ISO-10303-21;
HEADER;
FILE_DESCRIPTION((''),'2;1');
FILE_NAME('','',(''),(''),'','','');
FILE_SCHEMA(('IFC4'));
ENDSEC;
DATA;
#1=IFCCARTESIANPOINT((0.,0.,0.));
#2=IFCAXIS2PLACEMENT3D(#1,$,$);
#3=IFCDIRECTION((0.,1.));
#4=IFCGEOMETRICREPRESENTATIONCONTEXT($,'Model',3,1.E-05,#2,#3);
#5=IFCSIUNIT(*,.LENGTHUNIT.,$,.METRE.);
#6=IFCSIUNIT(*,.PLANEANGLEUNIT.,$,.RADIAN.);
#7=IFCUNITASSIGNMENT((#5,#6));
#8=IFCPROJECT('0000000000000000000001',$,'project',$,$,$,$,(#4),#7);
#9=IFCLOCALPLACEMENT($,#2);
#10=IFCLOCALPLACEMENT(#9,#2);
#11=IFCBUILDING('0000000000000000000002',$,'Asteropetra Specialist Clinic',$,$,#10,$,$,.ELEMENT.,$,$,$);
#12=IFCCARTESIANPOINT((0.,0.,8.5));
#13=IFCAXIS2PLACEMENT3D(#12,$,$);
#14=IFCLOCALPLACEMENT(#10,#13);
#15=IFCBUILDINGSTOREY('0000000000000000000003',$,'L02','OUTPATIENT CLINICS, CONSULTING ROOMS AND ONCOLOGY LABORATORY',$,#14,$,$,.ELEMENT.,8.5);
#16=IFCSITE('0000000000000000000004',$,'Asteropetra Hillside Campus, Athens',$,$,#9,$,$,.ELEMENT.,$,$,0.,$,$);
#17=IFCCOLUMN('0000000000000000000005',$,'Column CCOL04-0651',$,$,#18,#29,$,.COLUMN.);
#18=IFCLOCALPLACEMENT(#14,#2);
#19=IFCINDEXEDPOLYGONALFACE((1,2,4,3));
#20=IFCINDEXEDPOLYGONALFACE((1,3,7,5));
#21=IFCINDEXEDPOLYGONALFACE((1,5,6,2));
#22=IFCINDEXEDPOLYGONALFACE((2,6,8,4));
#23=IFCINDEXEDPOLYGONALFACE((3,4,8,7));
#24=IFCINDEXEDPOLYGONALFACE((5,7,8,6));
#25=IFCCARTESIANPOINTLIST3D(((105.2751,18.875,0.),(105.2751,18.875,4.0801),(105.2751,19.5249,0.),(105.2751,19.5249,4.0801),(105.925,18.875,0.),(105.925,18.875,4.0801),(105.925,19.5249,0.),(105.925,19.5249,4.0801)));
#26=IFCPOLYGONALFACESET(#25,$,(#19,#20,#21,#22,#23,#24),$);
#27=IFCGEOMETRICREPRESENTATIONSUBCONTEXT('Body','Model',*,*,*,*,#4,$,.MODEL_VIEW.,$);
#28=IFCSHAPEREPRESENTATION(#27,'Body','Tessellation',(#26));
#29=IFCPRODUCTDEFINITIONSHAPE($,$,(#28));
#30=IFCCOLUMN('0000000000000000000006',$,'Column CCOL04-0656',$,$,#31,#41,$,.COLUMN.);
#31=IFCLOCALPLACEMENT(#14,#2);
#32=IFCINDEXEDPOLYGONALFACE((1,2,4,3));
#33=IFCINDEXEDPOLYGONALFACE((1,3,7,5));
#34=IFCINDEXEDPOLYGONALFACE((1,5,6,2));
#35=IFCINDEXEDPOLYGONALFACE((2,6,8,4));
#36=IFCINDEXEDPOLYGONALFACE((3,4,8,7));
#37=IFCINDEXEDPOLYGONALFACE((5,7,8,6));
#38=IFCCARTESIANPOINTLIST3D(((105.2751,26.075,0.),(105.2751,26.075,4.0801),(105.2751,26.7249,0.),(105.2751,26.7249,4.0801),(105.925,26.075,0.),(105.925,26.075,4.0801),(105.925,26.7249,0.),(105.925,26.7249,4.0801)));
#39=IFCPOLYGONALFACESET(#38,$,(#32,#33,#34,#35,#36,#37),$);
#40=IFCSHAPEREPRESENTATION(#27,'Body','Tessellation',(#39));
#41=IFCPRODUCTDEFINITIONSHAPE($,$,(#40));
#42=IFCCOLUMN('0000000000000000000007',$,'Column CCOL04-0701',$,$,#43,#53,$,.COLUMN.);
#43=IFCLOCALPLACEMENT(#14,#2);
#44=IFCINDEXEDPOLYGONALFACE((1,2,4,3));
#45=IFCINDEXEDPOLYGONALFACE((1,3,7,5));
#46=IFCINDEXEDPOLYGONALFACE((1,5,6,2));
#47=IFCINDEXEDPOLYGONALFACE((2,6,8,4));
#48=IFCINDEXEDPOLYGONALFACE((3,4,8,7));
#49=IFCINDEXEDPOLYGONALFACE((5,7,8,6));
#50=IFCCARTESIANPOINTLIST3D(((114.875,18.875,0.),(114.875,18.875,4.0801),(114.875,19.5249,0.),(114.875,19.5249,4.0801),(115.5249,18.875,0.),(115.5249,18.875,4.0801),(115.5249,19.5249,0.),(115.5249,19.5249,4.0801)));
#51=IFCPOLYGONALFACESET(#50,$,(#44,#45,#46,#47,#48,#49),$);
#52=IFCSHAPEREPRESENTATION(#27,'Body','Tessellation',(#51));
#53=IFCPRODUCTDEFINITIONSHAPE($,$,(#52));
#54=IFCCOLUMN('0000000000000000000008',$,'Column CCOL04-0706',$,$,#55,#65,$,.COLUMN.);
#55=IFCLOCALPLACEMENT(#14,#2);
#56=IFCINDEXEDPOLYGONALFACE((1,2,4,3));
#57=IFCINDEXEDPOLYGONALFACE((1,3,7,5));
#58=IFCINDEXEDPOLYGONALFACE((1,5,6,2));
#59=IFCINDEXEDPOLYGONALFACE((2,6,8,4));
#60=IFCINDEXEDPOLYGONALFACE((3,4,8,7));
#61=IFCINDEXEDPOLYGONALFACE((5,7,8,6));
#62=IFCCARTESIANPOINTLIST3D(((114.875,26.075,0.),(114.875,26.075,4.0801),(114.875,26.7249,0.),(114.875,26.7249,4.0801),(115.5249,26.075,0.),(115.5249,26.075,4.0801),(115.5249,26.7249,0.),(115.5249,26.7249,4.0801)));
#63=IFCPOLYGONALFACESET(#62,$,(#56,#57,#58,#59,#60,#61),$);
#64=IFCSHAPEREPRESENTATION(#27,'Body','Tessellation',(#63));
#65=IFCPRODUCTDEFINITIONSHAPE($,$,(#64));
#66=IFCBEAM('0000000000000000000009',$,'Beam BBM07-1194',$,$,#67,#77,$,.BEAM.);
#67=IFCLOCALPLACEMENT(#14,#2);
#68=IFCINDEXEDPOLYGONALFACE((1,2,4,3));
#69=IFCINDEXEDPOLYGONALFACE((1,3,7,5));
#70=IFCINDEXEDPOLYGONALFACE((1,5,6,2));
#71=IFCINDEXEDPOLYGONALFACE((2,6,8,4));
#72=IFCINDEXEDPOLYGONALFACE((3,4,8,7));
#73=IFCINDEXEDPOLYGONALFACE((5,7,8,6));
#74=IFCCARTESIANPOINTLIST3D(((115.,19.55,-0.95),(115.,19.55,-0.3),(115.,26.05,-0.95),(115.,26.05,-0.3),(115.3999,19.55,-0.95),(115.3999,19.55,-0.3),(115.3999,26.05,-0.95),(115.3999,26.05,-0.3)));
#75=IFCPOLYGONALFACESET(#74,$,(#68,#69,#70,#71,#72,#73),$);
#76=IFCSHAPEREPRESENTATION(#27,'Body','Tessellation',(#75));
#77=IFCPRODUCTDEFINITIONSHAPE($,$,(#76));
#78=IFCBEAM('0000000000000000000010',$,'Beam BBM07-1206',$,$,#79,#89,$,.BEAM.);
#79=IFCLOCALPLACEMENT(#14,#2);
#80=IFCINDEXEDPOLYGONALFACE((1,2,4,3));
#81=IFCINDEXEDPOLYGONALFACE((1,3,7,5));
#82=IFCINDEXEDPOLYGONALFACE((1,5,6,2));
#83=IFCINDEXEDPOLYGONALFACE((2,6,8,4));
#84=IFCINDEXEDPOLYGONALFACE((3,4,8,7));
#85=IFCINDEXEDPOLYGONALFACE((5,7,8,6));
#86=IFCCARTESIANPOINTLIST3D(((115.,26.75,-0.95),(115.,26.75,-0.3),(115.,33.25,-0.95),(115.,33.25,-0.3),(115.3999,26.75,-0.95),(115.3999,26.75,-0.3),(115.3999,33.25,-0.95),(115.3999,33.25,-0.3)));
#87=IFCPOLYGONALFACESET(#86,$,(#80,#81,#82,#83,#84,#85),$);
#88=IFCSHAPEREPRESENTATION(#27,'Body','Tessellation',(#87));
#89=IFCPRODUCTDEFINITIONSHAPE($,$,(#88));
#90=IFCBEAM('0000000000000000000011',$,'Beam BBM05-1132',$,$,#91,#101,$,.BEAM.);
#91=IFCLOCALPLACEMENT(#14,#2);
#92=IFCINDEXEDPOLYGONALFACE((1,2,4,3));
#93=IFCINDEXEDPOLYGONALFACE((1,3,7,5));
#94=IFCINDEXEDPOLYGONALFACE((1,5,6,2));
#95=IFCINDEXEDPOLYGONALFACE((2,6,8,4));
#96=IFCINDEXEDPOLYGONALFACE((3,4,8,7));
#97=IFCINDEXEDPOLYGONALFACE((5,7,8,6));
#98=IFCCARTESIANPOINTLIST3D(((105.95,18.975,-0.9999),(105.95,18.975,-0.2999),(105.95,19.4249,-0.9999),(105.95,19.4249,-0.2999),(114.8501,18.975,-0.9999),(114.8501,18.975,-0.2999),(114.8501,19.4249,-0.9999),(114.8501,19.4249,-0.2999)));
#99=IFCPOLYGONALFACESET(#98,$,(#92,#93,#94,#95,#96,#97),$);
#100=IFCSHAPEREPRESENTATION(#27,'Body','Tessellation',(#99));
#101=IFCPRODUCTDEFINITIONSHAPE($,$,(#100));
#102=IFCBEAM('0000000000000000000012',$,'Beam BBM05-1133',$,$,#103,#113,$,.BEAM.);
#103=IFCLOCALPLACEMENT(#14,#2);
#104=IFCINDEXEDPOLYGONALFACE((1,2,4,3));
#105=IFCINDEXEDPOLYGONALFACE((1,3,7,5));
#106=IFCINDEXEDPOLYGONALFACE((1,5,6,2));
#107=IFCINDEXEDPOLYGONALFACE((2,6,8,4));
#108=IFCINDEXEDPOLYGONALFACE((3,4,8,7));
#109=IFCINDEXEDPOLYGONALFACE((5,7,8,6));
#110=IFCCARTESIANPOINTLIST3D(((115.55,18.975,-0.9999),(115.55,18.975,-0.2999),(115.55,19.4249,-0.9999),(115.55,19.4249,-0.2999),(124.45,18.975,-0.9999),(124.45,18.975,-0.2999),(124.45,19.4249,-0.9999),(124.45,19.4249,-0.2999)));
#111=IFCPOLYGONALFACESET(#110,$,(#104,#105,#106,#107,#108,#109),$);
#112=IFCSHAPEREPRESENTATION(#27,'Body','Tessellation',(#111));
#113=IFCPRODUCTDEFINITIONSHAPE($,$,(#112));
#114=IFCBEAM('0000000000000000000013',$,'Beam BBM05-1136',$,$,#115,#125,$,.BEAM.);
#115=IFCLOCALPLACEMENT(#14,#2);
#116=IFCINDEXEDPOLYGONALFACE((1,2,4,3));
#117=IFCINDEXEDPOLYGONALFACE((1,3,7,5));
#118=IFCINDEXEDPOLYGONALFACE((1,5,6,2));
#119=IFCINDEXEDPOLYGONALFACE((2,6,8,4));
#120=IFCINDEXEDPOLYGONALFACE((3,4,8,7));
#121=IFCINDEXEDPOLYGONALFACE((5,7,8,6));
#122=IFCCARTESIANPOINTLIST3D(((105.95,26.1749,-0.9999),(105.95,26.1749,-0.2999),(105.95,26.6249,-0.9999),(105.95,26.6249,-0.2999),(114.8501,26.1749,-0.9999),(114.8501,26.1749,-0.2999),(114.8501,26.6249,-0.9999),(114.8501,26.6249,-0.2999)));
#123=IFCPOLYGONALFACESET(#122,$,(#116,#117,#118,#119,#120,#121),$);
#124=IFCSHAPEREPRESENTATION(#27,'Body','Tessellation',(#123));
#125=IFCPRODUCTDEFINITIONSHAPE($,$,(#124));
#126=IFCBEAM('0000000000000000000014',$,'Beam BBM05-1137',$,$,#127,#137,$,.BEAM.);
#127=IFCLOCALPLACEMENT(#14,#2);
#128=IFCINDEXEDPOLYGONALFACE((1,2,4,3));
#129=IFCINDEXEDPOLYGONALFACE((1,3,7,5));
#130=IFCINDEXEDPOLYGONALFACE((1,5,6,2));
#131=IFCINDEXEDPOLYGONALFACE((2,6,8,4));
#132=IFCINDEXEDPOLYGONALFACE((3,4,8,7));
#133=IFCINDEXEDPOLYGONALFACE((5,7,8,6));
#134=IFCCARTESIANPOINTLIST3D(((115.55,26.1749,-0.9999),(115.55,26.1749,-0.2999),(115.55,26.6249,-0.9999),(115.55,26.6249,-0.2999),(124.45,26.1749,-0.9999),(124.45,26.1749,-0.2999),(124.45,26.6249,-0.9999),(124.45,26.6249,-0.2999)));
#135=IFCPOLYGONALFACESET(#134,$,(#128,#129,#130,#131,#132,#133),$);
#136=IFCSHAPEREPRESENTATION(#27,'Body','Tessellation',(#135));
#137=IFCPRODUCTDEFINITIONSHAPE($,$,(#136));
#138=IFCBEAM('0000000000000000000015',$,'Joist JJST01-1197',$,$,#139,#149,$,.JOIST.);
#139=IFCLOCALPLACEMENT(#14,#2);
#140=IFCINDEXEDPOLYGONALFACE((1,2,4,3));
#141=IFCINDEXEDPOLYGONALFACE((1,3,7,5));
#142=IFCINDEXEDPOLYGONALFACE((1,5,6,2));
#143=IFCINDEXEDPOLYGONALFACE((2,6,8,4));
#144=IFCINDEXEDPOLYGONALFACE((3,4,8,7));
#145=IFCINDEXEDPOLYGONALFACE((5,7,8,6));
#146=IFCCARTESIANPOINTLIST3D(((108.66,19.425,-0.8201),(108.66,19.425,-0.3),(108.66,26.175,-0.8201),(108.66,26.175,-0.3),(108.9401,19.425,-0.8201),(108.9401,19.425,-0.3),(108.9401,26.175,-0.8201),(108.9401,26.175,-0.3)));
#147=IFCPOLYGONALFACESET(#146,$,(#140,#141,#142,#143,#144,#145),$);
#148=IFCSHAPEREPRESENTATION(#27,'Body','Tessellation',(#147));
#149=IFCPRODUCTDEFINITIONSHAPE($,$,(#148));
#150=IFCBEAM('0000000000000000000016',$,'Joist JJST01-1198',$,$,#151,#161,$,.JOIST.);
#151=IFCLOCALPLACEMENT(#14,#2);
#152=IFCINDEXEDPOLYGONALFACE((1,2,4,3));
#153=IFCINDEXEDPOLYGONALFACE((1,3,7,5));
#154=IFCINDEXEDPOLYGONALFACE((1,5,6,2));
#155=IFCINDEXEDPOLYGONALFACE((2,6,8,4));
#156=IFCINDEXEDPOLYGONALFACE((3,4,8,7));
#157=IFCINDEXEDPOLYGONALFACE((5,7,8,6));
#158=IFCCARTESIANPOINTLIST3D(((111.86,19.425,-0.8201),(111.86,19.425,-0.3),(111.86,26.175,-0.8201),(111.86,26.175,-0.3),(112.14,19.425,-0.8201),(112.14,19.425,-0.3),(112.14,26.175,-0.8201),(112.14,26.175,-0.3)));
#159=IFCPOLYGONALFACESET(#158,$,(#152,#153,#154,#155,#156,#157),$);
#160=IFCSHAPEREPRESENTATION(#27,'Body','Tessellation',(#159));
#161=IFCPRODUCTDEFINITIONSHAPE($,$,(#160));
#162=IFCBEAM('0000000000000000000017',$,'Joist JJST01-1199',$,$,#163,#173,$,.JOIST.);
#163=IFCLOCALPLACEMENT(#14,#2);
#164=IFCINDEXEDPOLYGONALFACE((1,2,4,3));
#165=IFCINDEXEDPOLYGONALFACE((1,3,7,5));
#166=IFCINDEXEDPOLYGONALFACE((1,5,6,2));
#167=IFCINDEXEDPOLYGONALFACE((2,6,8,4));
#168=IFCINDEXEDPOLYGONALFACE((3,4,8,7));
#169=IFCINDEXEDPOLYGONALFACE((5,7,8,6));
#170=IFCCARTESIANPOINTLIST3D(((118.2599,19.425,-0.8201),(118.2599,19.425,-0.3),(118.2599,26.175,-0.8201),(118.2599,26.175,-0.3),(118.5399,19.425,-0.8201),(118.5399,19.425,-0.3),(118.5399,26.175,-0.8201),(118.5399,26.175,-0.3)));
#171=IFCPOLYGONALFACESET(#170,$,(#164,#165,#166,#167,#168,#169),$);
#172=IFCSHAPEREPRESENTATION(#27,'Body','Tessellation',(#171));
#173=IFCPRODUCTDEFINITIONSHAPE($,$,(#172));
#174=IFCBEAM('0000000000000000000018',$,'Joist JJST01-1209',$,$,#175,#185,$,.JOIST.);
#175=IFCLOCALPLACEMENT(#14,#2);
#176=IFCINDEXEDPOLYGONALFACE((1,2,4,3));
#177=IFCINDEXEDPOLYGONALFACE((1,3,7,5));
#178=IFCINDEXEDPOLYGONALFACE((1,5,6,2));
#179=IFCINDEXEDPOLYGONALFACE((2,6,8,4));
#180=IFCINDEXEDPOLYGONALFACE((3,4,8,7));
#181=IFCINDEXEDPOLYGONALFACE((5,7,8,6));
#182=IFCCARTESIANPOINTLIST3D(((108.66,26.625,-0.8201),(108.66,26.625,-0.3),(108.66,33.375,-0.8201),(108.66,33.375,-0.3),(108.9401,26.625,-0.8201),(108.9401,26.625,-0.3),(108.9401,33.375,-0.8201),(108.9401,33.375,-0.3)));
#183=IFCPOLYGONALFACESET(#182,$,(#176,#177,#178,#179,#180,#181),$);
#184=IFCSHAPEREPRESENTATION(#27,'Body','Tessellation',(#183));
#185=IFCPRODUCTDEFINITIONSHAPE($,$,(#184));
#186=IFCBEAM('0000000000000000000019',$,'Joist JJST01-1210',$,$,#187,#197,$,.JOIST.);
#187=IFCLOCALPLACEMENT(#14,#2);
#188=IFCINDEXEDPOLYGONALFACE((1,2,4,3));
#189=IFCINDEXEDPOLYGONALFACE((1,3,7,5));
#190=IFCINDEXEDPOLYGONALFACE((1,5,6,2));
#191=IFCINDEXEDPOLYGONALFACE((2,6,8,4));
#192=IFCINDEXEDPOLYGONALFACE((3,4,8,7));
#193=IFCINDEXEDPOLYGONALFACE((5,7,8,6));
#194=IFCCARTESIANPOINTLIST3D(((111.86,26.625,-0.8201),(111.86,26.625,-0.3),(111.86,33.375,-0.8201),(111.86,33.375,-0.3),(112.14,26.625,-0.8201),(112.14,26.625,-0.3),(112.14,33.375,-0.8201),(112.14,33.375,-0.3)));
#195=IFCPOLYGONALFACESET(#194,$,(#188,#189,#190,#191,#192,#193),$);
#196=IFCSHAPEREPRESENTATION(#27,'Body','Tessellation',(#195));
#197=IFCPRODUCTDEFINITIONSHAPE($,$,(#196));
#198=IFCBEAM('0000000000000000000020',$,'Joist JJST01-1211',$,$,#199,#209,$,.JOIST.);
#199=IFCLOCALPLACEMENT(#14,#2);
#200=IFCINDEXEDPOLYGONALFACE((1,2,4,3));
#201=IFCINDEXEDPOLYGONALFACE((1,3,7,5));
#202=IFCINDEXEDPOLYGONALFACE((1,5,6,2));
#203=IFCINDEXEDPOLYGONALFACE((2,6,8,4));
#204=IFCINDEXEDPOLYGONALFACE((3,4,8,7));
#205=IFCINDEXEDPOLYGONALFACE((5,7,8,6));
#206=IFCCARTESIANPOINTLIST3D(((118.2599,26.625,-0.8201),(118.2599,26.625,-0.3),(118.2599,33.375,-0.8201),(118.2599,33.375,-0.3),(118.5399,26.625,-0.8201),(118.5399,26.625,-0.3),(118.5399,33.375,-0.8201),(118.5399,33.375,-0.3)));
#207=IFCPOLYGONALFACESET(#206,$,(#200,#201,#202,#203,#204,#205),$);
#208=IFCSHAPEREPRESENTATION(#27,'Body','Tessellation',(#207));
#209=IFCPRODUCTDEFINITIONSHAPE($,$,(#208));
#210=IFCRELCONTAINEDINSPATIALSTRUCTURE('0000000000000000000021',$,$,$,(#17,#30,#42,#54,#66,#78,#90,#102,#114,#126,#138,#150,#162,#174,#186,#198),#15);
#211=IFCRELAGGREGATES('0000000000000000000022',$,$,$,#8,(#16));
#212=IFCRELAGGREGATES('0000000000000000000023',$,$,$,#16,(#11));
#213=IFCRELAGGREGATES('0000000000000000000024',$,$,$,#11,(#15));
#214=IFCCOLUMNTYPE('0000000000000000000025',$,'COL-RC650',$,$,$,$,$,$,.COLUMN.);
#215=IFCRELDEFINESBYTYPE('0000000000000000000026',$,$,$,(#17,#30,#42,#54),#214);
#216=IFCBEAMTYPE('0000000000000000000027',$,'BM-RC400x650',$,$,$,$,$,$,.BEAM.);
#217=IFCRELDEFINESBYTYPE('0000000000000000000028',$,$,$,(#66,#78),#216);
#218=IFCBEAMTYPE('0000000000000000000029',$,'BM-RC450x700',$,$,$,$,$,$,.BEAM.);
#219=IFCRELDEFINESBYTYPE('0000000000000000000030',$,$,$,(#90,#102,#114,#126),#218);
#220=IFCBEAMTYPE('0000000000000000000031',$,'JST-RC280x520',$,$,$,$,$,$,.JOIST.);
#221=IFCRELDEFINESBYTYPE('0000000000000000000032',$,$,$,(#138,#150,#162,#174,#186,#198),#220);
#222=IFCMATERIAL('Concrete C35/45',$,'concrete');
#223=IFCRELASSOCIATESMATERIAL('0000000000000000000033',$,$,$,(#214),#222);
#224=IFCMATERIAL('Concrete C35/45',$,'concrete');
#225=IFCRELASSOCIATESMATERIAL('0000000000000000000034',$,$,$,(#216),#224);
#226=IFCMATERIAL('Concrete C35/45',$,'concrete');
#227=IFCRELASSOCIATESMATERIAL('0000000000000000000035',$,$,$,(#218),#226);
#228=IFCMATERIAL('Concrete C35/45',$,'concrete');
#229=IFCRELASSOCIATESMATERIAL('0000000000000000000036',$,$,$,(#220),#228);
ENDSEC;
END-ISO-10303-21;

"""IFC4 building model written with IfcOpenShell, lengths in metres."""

from ifc_helpers import new_model, si_unit, direction, frame, origin, origin_2d, place, context, subcontext, project, spatial, rectangle, extrude, material, material_profile, profile_set, type_object, element, save


model = new_model("IFC4")

# Units and contexts
model_context = context("Model", 3, precision=1e-05, world=origin(), true_north=direction((0.0, 1.0)))
body_context = subcontext(model_context, "Body", "Model", "MODEL_VIEW")
ifc_project = project(units=[si_unit("LENGTHUNIT", "METRE"), si_unit("PLANEANGLEUNIT", "RADIAN")], contexts=[model_context])

# Site, building, storey
site_placement = place(None, origin())
site = spatial("IfcSite", under=ifc_project, at=site_placement, Name="Asteropetra Hillside Campus, Athens", CompositionType="ELEMENT", RefElevation=0.0)
building_placement = place(site_placement, origin())
building = spatial("IfcBuilding", under=site, at=building_placement, Name="Asteropetra Specialist Clinic", CompositionType="ELEMENT")
storey_placement = place(building_placement, frame((0.0, 0.0, 8.5)))
storey = spatial("IfcBuildingStorey", under=building, at=storey_placement, Name="L02", Description="OUTPATIENT CLINICS, CONSULTING ROOMS AND ONCOLOGY LABORATORY", CompositionType="ELEMENT", Elevation=8.5)

# Columns
ifc_material_1 = material(Name="Concrete C35/45", Category="concrete")
ifc_material_profile_1 = material_profile(ifc_material_1, rectangle(XDim=0.6499, YDim=0.6499, at=origin_2d()), Name="RC 650x650")
ifc_profile_set_1 = profile_set([ifc_material_profile_1], Name="Concrete C35/45")
column_type = type_object("IfcColumnType", Name="COL-RC650", PredefinedType="COLUMN", material=ifc_profile_set_1)
for number, where, z_axis, x_axis, name in (
    (1, (105.6001, 19.2, 0.0), (0.0, 0.0, 1.0), (1.0, 0.0, 0.0), "Column CCOL04-0651"),
    (2, (105.6001, 26.3999, 0.0), (0.0, 0.0, 1.0), (1.0, 0.0, 0.0), "Column CCOL04-0656"),
    (3, (115.2, 19.2, 0.0), (0.0, 0.0, 1.0), (1.0, 0.0, 0.0), "Column CCOL04-0701"),
    (4, (115.2, 26.3999, 0.0), (0.0, 0.0, 1.0), (1.0, 0.0, 0.0), "Column CCOL04-0706"),
):
    element("IfcColumn", number, at=place(storey_placement, frame(where, z_axis=z_axis, x_axis=x_axis)), inside=storey, type_object=column_type, Name=name, PredefinedType="COLUMN", context=body_context, shape_type="SweptSolid", body=[
        extrude(rectangle(XDim=0.6499, YDim=0.6499, at=origin_2d()), origin(), (0.0, 0.0, 1.0), 4.0801),
    ])

# Beams
ifc_material_2 = material(Name="Concrete C35/45", Category="concrete")
ifc_material_profile_2 = material_profile(ifc_material_2, rectangle(XDim=0.3999, YDim=0.6499, at=origin_2d()), Name="RCB 400x650")
ifc_profile_set_2 = profile_set([ifc_material_profile_2], Name="Concrete C35/45")
beam_type_1 = type_object("IfcBeamType", Name="BM-RC400x650", PredefinedType="BEAM", material=ifc_profile_set_2)
for number, where, z_axis, x_axis, name in (
    (5, (115.2, 19.55, -0.625), (0.0, 1.0, 0.0), (-1.0, 0.0, 0.0), "Beam BBM07-1194"),
    (6, (115.2, 26.75, -0.625), (0.0, 1.0, 0.0), (-1.0, 0.0, 0.0), "Beam BBM07-1206"),
):
    element("IfcBeam", number, at=place(storey_placement, frame(where, z_axis=z_axis, x_axis=x_axis)), inside=storey, type_object=beam_type_1, Name=name, PredefinedType="BEAM", context=body_context, shape_type="SweptSolid", body=[
        extrude(rectangle(XDim=0.3999, YDim=0.6499, at=origin_2d()), origin(), (0.0, 0.0, 1.0), 6.5),
    ])
ifc_material_3 = material(Name="Concrete C35/45", Category="concrete")
ifc_material_profile_3 = material_profile(ifc_material_3, rectangle(XDim=0.45, YDim=0.7, at=origin_2d()), Name="RCB 450x700")
ifc_profile_set_3 = profile_set([ifc_material_profile_3], Name="Concrete C35/45")
beam_type_2 = type_object("IfcBeamType", Name="BM-RC450x700", PredefinedType="BEAM", material=ifc_profile_set_3)
beam_1_placement = place(storey_placement, frame((105.95, 19.2, -0.6499), z_axis=(1.0, 0.0, 0.0), x_axis=(0.0, 1.0, 0.0)))
element("IfcBeam", 7, at=beam_1_placement, inside=storey, type_object=beam_type_2, Name="Beam BBM05-1132", PredefinedType="BEAM", context=body_context, shape_type="SweptSolid", body=[
    extrude(rectangle(XDim=0.45, YDim=0.7, at=origin_2d()), origin(), (0.0, 0.0, 1.0), 8.9001),
])
beam_2_placement = place(storey_placement, frame((115.55, 19.2, -0.6499), z_axis=(1.0, 0.0, 0.0), x_axis=(0.0, 1.0, 0.0)))
element("IfcBeam", 8, at=beam_2_placement, inside=storey, type_object=beam_type_2, Name="Beam BBM05-1133", PredefinedType="BEAM", context=body_context, shape_type="SweptSolid", body=[
    extrude(rectangle(XDim=0.45, YDim=0.7, at=origin_2d()), origin(), (0.0, 0.0, 1.0), 8.8999),
])
beam_3_placement = place(storey_placement, frame((105.95, 26.3999, -0.6499), z_axis=(1.0, 0.0, 0.0), x_axis=(0.0, 1.0, 0.0)))
element("IfcBeam", 9, at=beam_3_placement, inside=storey, type_object=beam_type_2, Name="Beam BBM05-1136", PredefinedType="BEAM", context=body_context, shape_type="SweptSolid", body=[
    extrude(rectangle(XDim=0.45, YDim=0.7, at=origin_2d()), origin(), (0.0, 0.0, 1.0), 8.9001),
])
beam_4_placement = place(storey_placement, frame((115.55, 26.3999, -0.6499), z_axis=(1.0, 0.0, 0.0), x_axis=(0.0, 1.0, 0.0)))
element("IfcBeam", 10, at=beam_4_placement, inside=storey, type_object=beam_type_2, Name="Beam BBM05-1137", PredefinedType="BEAM", context=body_context, shape_type="SweptSolid", body=[
    extrude(rectangle(XDim=0.45, YDim=0.7, at=origin_2d()), origin(), (0.0, 0.0, 1.0), 8.8999),
])
ifc_material_4 = material(Name="Concrete C35/45", Category="concrete")
ifc_material_profile_4 = material_profile(ifc_material_4, rectangle(XDim=0.28, YDim=0.52, at=origin_2d()), Name="RCJ 280x520")
ifc_profile_set_4 = profile_set([ifc_material_profile_4], Name="Concrete C35/45")
beam_type_3 = type_object("IfcBeamType", Name="JST-RC280x520", PredefinedType="JOIST", material=ifc_profile_set_4)
for number, where, z_axis, x_axis, name in (
    (11, (108.8, 19.425, -0.5601), (0.0, 1.0, 0.0), (-1.0, 0.0, 0.0), "Joist JJST01-1197"),
    (12, (112.0, 19.425, -0.5601), (0.0, 1.0, 0.0), (-1.0, 0.0, 0.0), "Joist JJST01-1198"),
    (13, (118.3999, 19.425, -0.5601), (0.0, 1.0, 0.0), (-1.0, 0.0, 0.0), "Joist JJST01-1199"),
    (14, (108.8, 26.625, -0.5601), (0.0, 1.0, 0.0), (-1.0, 0.0, 0.0), "Joist JJST01-1209"),
    (15, (112.0, 26.625, -0.5601), (0.0, 1.0, 0.0), (-1.0, 0.0, 0.0), "Joist JJST01-1210"),
    (16, (118.3999, 26.625, -0.5601), (0.0, 1.0, 0.0), (-1.0, 0.0, 0.0), "Joist JJST01-1211"),
):
    element("IfcBeam", number, at=place(storey_placement, frame(where, z_axis=z_axis, x_axis=x_axis)), inside=storey, type_object=beam_type_3, Name=name, PredefinedType="JOIST", context=body_context, shape_type="SweptSolid", body=[
        extrude(rectangle(XDim=0.28, YDim=0.52, at=origin_2d()), origin(), (0.0, 0.0, 1.0), 6.75),
    ])

save(model, "model.ifc")
